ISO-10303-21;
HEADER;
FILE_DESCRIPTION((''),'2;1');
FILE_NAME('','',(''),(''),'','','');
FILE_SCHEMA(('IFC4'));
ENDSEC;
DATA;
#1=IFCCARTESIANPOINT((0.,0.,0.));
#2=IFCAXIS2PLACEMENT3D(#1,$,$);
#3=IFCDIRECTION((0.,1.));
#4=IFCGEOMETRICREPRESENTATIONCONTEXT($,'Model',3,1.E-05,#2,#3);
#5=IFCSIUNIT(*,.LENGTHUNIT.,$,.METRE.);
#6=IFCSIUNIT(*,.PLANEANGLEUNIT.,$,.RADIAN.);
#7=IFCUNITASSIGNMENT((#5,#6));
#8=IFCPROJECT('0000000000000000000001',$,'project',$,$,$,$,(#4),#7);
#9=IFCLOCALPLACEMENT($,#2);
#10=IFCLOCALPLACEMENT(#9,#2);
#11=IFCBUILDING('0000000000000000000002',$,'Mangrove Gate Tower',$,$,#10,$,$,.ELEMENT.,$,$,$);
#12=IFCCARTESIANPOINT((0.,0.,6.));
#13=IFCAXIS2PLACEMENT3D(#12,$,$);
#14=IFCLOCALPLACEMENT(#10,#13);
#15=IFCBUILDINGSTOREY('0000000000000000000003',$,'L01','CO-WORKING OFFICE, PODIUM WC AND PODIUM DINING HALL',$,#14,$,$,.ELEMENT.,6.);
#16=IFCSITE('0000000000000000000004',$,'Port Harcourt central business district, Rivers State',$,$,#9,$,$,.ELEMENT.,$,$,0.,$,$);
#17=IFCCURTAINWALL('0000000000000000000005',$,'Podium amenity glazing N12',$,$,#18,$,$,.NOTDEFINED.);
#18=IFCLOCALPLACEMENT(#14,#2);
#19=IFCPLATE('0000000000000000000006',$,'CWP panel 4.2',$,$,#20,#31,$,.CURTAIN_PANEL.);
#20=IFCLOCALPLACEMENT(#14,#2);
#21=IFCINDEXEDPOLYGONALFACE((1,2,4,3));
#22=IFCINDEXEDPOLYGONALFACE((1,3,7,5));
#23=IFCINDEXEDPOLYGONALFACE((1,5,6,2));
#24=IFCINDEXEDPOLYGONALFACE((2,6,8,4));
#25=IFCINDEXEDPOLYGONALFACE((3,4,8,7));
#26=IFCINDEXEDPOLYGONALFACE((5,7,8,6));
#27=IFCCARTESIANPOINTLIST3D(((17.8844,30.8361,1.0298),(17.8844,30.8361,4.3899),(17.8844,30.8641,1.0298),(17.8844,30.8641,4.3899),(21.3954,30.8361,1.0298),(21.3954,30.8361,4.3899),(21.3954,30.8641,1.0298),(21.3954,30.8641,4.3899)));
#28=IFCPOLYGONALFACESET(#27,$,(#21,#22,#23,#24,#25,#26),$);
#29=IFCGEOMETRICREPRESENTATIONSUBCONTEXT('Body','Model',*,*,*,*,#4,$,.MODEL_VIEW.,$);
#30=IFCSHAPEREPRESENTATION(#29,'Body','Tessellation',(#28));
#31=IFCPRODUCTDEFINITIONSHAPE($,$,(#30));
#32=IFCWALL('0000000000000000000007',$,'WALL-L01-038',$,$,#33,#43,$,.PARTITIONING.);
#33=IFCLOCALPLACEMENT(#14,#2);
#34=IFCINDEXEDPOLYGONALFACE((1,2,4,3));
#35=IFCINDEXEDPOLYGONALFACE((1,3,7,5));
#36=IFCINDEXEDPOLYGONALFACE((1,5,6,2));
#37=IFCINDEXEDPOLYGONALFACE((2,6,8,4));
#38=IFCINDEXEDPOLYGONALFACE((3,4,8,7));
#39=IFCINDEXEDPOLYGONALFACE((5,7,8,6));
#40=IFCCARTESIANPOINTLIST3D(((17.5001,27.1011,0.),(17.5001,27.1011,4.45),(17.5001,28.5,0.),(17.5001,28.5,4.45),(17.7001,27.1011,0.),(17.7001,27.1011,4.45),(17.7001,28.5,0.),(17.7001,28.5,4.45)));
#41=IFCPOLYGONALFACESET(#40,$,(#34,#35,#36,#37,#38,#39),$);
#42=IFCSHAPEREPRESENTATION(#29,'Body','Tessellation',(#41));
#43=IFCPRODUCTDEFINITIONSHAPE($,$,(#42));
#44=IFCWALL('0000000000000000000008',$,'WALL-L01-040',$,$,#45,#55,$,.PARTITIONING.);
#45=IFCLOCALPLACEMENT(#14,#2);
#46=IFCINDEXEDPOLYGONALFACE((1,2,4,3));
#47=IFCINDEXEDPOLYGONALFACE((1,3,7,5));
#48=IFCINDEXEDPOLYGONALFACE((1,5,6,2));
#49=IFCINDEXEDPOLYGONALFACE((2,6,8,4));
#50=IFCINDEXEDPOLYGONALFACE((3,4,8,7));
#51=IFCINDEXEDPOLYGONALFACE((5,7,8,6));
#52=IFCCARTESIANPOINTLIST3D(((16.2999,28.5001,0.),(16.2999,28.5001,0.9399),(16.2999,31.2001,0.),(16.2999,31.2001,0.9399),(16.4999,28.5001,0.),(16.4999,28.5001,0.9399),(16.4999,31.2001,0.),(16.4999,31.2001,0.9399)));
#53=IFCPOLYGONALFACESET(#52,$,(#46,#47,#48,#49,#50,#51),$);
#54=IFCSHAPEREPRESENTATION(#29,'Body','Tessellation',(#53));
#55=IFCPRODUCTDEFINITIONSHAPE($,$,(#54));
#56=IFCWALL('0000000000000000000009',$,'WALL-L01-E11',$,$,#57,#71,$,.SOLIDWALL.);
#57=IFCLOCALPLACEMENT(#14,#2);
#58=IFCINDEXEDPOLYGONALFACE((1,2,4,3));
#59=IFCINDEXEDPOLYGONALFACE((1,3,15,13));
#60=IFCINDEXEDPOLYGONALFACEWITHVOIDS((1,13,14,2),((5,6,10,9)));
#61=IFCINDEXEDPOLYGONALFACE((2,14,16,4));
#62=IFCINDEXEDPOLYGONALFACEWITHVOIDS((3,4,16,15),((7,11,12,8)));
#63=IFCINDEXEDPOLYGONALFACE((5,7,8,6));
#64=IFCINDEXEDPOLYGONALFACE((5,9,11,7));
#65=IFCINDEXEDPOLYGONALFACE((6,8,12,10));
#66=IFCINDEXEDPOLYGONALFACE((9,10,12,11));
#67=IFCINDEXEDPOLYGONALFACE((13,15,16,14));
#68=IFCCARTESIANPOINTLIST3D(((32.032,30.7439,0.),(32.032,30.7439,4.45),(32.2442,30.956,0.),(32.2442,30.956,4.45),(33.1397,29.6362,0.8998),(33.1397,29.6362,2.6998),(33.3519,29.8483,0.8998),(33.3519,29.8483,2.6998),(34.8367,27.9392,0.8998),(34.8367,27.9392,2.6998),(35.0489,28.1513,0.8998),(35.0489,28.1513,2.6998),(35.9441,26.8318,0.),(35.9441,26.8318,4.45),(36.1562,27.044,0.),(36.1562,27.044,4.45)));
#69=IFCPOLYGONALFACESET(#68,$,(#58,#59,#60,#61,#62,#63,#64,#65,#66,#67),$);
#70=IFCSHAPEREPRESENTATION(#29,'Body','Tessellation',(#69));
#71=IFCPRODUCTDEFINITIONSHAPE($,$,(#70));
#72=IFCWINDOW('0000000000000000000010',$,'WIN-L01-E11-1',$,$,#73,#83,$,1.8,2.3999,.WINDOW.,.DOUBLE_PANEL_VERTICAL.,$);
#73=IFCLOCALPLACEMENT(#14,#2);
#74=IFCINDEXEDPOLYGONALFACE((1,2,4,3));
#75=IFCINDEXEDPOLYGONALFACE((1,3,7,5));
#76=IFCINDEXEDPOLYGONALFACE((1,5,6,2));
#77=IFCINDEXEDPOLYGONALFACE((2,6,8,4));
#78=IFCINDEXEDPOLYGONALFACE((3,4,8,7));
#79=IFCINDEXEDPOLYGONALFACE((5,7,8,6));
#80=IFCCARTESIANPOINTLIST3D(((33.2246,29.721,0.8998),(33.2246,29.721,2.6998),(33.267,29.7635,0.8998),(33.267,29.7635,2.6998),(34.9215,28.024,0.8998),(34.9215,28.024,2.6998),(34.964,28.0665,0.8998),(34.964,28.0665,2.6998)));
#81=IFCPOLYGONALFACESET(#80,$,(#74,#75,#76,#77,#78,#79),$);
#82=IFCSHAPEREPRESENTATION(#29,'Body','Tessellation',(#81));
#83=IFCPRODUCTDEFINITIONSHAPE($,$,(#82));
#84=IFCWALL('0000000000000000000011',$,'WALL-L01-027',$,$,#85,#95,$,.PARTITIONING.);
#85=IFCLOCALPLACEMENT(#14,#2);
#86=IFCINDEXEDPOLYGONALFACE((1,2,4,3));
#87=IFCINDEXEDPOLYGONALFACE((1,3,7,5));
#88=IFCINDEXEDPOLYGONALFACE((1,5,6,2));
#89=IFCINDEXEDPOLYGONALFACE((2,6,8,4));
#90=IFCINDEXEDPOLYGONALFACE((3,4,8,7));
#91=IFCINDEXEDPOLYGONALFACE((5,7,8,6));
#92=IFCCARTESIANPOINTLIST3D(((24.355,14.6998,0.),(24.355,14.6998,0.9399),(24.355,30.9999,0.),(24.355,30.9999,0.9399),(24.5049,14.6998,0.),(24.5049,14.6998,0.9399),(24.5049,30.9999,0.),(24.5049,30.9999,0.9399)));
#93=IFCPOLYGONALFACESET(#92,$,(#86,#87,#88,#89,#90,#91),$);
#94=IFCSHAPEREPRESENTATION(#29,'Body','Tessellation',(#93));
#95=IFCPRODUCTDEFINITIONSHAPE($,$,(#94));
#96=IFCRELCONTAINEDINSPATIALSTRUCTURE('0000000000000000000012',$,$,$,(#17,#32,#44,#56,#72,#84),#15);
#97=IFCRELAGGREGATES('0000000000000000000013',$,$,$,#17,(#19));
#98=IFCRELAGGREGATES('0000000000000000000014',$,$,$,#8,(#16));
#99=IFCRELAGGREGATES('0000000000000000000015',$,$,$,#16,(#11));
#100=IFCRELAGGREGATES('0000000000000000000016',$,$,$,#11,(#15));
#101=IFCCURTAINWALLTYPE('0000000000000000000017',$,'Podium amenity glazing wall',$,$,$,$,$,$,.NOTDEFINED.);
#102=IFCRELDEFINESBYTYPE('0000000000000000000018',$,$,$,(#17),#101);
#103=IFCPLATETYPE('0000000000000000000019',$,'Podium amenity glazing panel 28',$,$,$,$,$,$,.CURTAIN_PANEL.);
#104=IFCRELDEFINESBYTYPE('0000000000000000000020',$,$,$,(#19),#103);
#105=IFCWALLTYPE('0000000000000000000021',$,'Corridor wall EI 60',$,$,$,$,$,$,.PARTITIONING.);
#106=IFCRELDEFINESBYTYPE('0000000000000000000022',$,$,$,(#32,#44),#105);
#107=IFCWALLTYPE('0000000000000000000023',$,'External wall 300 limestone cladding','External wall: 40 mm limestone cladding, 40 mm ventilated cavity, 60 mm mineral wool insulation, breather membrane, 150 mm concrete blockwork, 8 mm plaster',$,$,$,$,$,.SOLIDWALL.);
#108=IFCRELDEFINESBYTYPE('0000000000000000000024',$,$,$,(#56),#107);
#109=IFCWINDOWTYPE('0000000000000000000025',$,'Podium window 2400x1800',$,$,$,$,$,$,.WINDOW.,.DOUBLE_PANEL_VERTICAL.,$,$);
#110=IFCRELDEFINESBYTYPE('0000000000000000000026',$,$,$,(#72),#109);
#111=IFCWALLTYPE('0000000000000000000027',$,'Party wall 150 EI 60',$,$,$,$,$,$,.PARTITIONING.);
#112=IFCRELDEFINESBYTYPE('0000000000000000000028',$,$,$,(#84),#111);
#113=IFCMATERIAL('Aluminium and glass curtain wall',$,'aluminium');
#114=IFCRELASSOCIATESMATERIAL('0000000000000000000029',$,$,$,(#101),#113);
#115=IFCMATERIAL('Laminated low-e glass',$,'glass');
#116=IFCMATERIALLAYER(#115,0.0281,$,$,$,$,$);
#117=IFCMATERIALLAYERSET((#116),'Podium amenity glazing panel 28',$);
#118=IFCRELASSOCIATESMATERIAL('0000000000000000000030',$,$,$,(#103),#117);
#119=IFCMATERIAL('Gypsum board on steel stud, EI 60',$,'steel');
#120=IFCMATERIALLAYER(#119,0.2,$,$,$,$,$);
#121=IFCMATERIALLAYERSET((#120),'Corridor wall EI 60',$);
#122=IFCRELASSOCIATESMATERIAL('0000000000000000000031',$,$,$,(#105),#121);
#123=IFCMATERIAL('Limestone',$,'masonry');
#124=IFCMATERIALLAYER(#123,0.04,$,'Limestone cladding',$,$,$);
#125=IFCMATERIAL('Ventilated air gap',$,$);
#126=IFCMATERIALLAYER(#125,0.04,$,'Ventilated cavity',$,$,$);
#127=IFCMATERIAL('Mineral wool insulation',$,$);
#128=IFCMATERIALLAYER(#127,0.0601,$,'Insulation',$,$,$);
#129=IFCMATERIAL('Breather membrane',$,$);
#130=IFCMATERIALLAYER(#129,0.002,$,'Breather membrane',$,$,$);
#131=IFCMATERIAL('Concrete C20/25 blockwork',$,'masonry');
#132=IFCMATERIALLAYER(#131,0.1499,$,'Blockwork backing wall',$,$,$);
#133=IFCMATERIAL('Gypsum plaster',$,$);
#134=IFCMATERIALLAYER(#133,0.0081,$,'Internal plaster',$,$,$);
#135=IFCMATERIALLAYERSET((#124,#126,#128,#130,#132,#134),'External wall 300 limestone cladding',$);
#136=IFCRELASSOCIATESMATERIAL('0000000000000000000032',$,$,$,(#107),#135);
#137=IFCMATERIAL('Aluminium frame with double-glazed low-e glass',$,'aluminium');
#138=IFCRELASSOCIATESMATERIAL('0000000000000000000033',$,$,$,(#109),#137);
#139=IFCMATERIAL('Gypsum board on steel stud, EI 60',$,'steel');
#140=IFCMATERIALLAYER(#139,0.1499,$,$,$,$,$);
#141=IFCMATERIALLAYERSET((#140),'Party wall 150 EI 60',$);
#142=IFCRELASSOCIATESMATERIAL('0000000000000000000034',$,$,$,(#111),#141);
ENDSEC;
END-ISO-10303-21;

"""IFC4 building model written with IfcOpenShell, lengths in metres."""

from ifc_helpers import new_model, si_unit, direction, frame, frame_2d, origin, origin_2d, place, context, subcontext, project, spatial, rectangle, extrude, material, layer, layer_set, type_object, element, fill, aggregate, save


model = new_model("IFC4")

# Units and contexts
model_context = context("Model", 3, precision=1e-05, world=origin(), true_north=direction((0.0, 1.0)))
body_context = subcontext(model_context, "Body", "Model", "MODEL_VIEW")
ifc_project = project(units=[si_unit("LENGTHUNIT", "METRE"), si_unit("PLANEANGLEUNIT", "RADIAN")], contexts=[model_context])

# Site, building, storey
site_placement = place(None, origin())
site = spatial("IfcSite", under=ifc_project, at=site_placement, Name="Port Harcourt central business district, Rivers State", CompositionType="ELEMENT", RefElevation=0.0)
building_placement = place(site_placement, origin())
building = spatial("IfcBuilding", under=site, at=building_placement, Name="Mangrove Gate Tower", CompositionType="ELEMENT")
storey_placement = place(building_placement, frame((0.0, 0.0, 6.0)))
storey = spatial("IfcBuildingStorey", under=building, at=storey_placement, Name="L01", Description="CO-WORKING OFFICE, PODIUM WC AND PODIUM DINING HALL", CompositionType="ELEMENT", Elevation=6.0)

# Curtain wall, plate
ifc_material_1 = material(Name="Aluminium and glass curtain wall", Category="aluminium")
curtain_wall_type = type_object("IfcCurtainWallType", Name="Podium amenity glazing wall", PredefinedType="NOTDEFINED", material=ifc_material_1)
curtain_wall_placement = place(storey_placement, origin())
curtain_wall = element("IfcCurtainWall", 1, at=curtain_wall_placement, inside=storey, type_object=curtain_wall_type, Name="Podium amenity glazing N12", PredefinedType="NOTDEFINED")
ifc_material_2 = material(Name="Laminated low-e glass", Category="glass")
ifc_layer_1 = layer(ifc_material_2, 0.0281)
ifc_layer_set_1 = layer_set([ifc_layer_1], Name="Podium amenity glazing panel 28")
plate_type = type_object("IfcPlateType", Name="Podium amenity glazing panel 28", PredefinedType="CURTAIN_PANEL", material=ifc_layer_set_1)
plate_1_placement = place(storey_placement, frame((19.6399, 30.8501, 1.0298), z_axis=(0.0, 0.0, 1.0), x_axis=(-1.0, 0.0, 0.0)))
plate_1 = element("IfcPlate", 2, at=plate_1_placement, type_object=plate_type, Name="CWP panel 4.2", PredefinedType="CURTAIN_PANEL", context=body_context, shape_type="SweptSolid", body=[
    extrude(rectangle(XDim=3.511, YDim=0.0281, at=origin_2d()), origin(), (0.0, 0.0, 1.0), 3.3601),
])
aggregate(curtain_wall, [plate_1])

# Walls
ifc_material_3 = material(Name="Gypsum board on steel stud, EI 60", Category="steel")
ifc_layer_2 = layer(ifc_material_3, 0.2)
ifc_layer_set_2 = layer_set([ifc_layer_2], Name="Corridor wall EI 60")
wall_type_1 = type_object("IfcWallType", Name="Corridor wall EI 60", PredefinedType="PARTITIONING", material=ifc_layer_set_2)
wall_1_placement = place(storey_placement, frame((17.6001, 27.1011, 0.0), z_axis=(0.0, 0.0, 1.0), x_axis=(0.0, 1.0, 0.0)))
element("IfcWall", 3, at=wall_1_placement, inside=storey, type_object=wall_type_1, Name="WALL-L01-038", PredefinedType="PARTITIONING", context=body_context, shape_type="SweptSolid", body=[
    extrude(rectangle(XDim=1.3989, YDim=0.2, at=frame_2d((0.6995, 0.0))), origin(), (0.0, 0.0, 1.0), 4.45),
])
wall_2_placement = place(storey_placement, frame((16.3999, 28.5, 0.0), z_axis=(0.0, 0.0, 1.0), x_axis=(0.0, 1.0, 0.0)))
element("IfcWall", 4, at=wall_2_placement, inside=storey, type_object=wall_type_1, Name="WALL-L01-040", PredefinedType="PARTITIONING", context=body_context, shape_type="SweptSolid", body=[
    extrude(rectangle(XDim=2.7, YDim=0.2, at=frame_2d((1.3501, 0.0))), origin(), (0.0, 0.0, 1.0), 0.9399),
])

# Wall, opening, window
ifc_material_4 = material(Name="Limestone", Category="masonry")
ifc_layer_3 = layer(ifc_material_4, 0.04, Name="Limestone cladding")
ifc_material_5 = material(Name="Ventilated air gap")
ifc_layer_4 = layer(ifc_material_5, 0.04, Name="Ventilated cavity")
ifc_material_6 = material(Name="Mineral wool insulation")
ifc_layer_5 = layer(ifc_material_6, 0.0601, Name="Insulation")
ifc_material_7 = material(Name="Breather membrane")
ifc_layer_6 = layer(ifc_material_7, 0.002, Name="Breather membrane")
ifc_material_8 = material(Name="Concrete C20/25 blockwork", Category="masonry")
ifc_layer_7 = layer(ifc_material_8, 0.1499, Name="Blockwork backing wall")
ifc_material_9 = material(Name="Gypsum plaster")
ifc_layer_8 = layer(ifc_material_9, 0.0081, Name="Internal plaster")
ifc_layer_set_3 = layer_set([ifc_layer_3, ifc_layer_4, ifc_layer_5, ifc_layer_6, ifc_layer_7, ifc_layer_8], Name="External wall 300 limestone cladding")
wall_type_2 = type_object("IfcWallType", Name="External wall 300 limestone cladding", Description="External wall: 40 mm limestone cladding, 40 mm ventilated cavity, 60 mm mineral wool insulation, breather membrane, 150 mm concrete blockwork, 8 mm plaster", PredefinedType="SOLIDWALL", material=ifc_layer_set_3)
wall_3_placement = place(storey_placement, frame((36.05, 26.938, 0.0), z_axis=(0.0, 0.0, 1.0), x_axis=(-0.707107, 0.707107, 0.0)))
wall_3 = element("IfcWall", 5, at=wall_3_placement, inside=storey, type_object=wall_type_2, Name="WALL-L01-E11", PredefinedType="SOLIDWALL", context=body_context, shape_type="SweptSolid", body=[
    extrude(rectangle(XDim=5.5325, YDim=0.3, at=frame_2d((2.7661, 0.0))), origin(), (0.0, 0.0, 1.0), 4.45),
])
opening_placement = place(wall_3_placement, frame((1.5659, 0.0, 0.8999)))
opening = element("IfcOpeningElement", 6, at=opening_placement, cuts=wall_3, PredefinedType="OPENING", context=body_context, shape_type="SweptSolid", body=[
    extrude(rectangle(XDim=2.3999, YDim=1.8, at=frame_2d((1.2, 0.8999))), frame((0.0, 0.1599, 0.0), z_axis=(0.0, -1.0, 0.0), x_axis=(1.0, 0.0, 0.0)), (0.0, 0.0, 1.0), 0.3201),
])
ifc_material_10 = material(Name="Aluminium frame with double-glazed low-e glass", Category="aluminium")
window_type = type_object("IfcWindowType", Name="Podium window 2400x1800", PartitioningType="DOUBLE_PANEL_VERTICAL", PredefinedType="WINDOW", material=ifc_material_10)
window_placement = place(opening_placement, origin())
window = element("IfcWindow", 7, at=window_placement, inside=storey, type_object=window_type, Name="WIN-L01-E11-1", OverallHeight=1.8, OverallWidth=2.3999, PartitioningType="DOUBLE_PANEL_VERTICAL", PredefinedType="WINDOW", context=body_context, shape_type="SweptSolid", body=[
    extrude(rectangle(XDim=2.3999, YDim=1.8, at=frame_2d((1.2, 0.8999))), frame((0.0, 0.03, 0.0), z_axis=(0.0, -1.0, 0.0), x_axis=(1.0, 0.0, 0.0)), (0.0, 0.0, 1.0), 0.0601),
])
fill(opening, window)

# Wall
ifc_material_11 = material(Name="Gypsum board on steel stud, EI 60", Category="steel")
ifc_layer_9 = layer(ifc_material_11, 0.1499)
ifc_layer_set_4 = layer_set([ifc_layer_9], Name="Party wall 150 EI 60")
wall_type_3 = type_object("IfcWallType", Name="Party wall 150 EI 60", PredefinedType="PARTITIONING", material=ifc_layer_set_4)
wall_4_placement = place(storey_placement, frame((24.4299, 14.7, 0.0), z_axis=(0.0, 0.0, 1.0), x_axis=(0.0, 1.0, 0.0)))
element("IfcWall", 8, at=wall_4_placement, inside=storey, type_object=wall_type_3, Name="WALL-L01-027", PredefinedType="PARTITIONING", context=body_context, shape_type="SweptSolid", body=[
    extrude(rectangle(XDim=16.3, YDim=0.1499, at=frame_2d((8.1499, 0.0))), origin(), (0.0, 0.0, 1.0), 0.9399),
])

save(model, "model.ifc")
